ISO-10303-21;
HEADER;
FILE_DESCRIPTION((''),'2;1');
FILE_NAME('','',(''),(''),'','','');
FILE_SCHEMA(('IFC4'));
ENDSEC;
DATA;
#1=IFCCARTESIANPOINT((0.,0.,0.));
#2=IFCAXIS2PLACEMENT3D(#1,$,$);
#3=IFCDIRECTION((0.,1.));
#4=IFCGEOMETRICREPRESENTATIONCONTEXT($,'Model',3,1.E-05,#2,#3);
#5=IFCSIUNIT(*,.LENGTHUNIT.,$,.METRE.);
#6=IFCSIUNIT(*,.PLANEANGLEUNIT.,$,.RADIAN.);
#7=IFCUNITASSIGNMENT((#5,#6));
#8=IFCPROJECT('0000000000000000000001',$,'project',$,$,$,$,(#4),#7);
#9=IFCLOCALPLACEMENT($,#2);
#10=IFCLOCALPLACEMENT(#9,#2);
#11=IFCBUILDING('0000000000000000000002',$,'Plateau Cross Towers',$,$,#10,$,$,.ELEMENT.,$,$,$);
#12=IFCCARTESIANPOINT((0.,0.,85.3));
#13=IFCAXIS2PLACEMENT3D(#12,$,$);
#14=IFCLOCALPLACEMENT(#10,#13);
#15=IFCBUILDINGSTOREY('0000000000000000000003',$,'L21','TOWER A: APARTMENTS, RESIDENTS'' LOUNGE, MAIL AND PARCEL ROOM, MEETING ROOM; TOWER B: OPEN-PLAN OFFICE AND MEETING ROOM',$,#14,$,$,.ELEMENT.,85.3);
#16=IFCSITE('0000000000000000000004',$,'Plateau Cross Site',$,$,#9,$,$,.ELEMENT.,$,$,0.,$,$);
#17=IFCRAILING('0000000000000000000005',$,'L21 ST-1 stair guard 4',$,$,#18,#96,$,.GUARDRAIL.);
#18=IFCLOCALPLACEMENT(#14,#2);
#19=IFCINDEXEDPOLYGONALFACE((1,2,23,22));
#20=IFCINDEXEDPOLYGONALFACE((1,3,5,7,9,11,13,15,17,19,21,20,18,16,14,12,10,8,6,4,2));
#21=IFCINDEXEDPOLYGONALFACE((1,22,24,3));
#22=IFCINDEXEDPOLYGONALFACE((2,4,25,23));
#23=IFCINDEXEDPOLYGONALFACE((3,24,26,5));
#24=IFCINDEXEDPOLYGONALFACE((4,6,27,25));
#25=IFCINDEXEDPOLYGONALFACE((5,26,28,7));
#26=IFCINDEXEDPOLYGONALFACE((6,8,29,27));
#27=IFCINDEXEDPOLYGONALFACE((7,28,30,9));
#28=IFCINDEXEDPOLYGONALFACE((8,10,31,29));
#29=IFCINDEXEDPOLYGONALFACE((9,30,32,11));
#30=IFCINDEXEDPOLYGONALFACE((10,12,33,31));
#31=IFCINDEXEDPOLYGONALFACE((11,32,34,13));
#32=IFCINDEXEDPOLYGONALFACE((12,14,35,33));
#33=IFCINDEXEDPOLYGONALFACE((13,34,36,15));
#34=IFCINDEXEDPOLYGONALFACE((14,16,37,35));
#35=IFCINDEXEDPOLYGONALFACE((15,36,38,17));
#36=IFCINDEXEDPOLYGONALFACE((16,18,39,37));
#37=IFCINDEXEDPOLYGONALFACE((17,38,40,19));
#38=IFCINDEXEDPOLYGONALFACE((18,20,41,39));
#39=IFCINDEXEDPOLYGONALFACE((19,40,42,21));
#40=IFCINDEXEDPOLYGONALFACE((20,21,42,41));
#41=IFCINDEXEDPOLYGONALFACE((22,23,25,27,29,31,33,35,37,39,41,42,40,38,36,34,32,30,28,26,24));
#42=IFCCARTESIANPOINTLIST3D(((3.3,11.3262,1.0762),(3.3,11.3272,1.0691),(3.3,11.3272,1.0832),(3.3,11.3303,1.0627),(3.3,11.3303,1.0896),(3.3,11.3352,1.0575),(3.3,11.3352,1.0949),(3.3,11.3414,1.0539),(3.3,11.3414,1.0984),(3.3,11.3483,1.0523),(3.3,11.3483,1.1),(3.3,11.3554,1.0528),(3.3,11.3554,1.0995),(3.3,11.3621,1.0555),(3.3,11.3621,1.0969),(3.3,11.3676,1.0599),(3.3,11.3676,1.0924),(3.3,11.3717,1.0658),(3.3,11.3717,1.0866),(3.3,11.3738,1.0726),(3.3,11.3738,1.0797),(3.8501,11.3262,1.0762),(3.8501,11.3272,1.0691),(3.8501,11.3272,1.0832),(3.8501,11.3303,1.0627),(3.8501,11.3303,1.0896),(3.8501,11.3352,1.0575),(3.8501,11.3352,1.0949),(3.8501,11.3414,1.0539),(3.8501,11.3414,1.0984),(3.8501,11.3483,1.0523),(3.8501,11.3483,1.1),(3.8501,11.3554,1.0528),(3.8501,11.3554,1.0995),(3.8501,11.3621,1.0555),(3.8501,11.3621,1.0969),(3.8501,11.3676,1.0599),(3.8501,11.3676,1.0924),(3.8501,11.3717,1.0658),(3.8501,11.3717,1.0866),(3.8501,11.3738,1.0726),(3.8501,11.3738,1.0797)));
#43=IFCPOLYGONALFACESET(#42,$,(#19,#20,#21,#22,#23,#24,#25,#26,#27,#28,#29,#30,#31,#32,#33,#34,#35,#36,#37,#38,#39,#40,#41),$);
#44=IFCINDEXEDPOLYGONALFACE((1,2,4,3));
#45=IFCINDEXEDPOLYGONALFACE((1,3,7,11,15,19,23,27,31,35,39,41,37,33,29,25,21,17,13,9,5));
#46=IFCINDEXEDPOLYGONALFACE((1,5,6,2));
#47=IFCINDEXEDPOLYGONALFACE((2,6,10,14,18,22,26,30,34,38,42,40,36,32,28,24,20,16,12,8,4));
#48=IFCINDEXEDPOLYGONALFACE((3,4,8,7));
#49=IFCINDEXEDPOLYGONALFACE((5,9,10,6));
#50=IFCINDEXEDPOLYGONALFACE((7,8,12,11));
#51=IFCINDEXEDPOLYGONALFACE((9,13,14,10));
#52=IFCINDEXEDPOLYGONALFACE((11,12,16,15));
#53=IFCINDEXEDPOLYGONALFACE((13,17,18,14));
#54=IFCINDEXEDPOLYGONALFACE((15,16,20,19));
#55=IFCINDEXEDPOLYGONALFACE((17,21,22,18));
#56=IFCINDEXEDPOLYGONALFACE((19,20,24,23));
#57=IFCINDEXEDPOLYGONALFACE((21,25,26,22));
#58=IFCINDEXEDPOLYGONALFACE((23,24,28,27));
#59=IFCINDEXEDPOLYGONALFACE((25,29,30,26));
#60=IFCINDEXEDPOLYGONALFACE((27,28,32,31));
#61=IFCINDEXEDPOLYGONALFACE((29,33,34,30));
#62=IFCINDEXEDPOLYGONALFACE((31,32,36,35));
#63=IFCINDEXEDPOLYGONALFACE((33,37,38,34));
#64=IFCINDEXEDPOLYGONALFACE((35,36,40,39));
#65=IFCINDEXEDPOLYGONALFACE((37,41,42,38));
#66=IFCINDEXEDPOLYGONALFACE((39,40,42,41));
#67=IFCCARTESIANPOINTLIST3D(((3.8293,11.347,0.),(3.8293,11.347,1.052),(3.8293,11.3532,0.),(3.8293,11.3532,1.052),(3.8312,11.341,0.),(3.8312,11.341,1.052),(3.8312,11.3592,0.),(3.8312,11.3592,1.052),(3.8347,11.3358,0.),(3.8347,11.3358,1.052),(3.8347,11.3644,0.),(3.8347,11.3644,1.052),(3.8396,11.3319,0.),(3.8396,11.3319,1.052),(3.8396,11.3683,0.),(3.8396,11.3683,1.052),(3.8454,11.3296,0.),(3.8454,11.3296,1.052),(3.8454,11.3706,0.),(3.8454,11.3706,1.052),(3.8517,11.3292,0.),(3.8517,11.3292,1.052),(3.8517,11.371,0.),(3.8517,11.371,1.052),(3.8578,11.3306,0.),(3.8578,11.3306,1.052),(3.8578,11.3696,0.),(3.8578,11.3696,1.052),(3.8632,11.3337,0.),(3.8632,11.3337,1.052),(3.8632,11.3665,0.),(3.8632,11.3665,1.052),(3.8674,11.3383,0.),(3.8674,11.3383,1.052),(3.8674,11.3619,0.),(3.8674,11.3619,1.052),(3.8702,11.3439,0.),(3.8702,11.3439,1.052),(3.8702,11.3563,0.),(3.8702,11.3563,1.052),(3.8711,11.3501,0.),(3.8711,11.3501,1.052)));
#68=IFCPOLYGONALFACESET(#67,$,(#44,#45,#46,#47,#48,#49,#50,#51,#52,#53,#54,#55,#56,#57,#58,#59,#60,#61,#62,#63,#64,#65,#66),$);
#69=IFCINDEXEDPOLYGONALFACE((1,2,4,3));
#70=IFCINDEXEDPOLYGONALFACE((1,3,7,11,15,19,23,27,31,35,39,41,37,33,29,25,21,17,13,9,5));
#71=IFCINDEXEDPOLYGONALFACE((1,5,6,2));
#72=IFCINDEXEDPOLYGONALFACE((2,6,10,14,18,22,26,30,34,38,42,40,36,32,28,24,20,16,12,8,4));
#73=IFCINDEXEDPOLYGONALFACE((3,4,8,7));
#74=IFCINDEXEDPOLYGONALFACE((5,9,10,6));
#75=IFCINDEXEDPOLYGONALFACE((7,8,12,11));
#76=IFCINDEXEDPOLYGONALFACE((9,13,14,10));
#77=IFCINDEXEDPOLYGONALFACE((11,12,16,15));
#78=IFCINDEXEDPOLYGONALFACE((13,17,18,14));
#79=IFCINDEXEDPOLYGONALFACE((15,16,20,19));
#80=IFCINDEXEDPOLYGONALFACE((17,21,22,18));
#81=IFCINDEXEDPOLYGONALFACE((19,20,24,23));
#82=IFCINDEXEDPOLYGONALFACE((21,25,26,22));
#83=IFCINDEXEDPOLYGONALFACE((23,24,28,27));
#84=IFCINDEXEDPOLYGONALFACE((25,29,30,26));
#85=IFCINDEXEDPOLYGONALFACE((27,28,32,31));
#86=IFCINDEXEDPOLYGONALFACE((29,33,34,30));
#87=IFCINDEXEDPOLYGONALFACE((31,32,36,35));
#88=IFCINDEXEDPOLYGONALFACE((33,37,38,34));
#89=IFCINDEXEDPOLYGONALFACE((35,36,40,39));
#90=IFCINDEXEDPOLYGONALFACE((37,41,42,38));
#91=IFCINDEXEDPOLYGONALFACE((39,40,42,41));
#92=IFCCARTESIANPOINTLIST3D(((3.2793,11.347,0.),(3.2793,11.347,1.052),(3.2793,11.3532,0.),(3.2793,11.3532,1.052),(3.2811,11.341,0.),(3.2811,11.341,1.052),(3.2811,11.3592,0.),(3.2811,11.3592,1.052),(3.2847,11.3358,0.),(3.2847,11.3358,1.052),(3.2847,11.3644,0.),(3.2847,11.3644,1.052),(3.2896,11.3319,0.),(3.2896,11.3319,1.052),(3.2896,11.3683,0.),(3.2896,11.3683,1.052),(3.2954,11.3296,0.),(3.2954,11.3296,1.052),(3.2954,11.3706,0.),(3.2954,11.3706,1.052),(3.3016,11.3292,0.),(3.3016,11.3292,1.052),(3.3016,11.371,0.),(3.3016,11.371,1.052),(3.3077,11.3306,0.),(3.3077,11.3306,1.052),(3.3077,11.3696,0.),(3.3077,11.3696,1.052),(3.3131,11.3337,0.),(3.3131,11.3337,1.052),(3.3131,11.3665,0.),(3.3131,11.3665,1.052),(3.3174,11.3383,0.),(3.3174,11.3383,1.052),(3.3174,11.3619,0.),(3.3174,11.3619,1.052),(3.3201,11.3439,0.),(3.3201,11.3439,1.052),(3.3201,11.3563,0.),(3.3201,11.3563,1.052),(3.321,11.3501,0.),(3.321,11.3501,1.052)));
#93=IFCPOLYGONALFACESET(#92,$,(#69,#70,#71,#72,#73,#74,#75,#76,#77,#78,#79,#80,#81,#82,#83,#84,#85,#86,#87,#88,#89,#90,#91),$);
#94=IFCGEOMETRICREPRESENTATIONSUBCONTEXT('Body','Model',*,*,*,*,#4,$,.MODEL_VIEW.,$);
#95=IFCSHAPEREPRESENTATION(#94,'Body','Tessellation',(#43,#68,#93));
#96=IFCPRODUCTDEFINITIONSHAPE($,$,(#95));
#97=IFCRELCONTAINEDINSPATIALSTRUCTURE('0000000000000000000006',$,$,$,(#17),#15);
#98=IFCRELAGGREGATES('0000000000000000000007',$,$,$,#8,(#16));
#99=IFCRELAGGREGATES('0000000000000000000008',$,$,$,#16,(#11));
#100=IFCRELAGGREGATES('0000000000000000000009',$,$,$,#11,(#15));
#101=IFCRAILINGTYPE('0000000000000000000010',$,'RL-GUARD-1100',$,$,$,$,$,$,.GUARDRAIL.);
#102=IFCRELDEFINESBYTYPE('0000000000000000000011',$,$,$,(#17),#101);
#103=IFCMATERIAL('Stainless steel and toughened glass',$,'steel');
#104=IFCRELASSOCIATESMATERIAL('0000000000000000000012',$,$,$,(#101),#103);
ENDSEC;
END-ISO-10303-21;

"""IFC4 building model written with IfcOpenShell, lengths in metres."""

from ifc_helpers import new_model, si_unit, direction, frame, origin, origin_2d, place, context, subcontext, project, spatial, circle, extrude, material, type_object, element, save


model = new_model("IFC4")

# Units and contexts
model_context = context("Model", 3, precision=1e-05, world=origin(), true_north=direction((0.0, 1.0)))
body_context = subcontext(model_context, "Body", "Model", "MODEL_VIEW")
ifc_project = project(units=[si_unit("LENGTHUNIT", "METRE"), si_unit("PLANEANGLEUNIT", "RADIAN")], contexts=[model_context])

# Site, building, storey
site_placement = place(None, origin())
site = spatial("IfcSite", under=ifc_project, at=site_placement, Name="Plateau Cross Site", CompositionType="ELEMENT", RefElevation=0.0)
building_placement = place(site_placement, origin())
building = spatial("IfcBuilding", under=site, at=building_placement, Name="Plateau Cross Towers", CompositionType="ELEMENT")
storey_placement = place(building_placement, frame((0.0, 0.0, 85.3)))
storey = spatial("IfcBuildingStorey", under=building, at=storey_placement, Name="L21", Description="TOWER A: APARTMENTS, RESIDENTS' LOUNGE, MAIL AND PARCEL ROOM, MEETING ROOM; TOWER B: OPEN-PLAN OFFICE AND MEETING ROOM", CompositionType="ELEMENT", Elevation=85.3)

# Railing
ifc_material_1 = material(Name="Stainless steel and toughened glass", Category="steel")
railing_type = type_object("IfcRailingType", Name="RL-GUARD-1100", PredefinedType="GUARDRAIL", material=ifc_material_1)
railing_1_placement = place(storey_placement, frame((3.8501, 11.3501, 0.0)))
element("IfcRailing", 1, at=railing_1_placement, inside=storey, type_object=railing_type, Name="L21 ST-1 stair guard 4", PredefinedType="GUARDRAIL", context=body_context, shape_type="SweptSolid", body=[
    extrude(circle(Radius=0.0239, at=origin_2d()), frame((0.0, 0.0, 1.0762), z_axis=(-1.0, 0.0, 0.0), x_axis=(0.0, -1.0, 0.0)), (0.0, 0.0, 1.0), 0.55),
    extrude(circle(Radius=0.021, at=origin_2d()), origin(), (0.0, 0.0, 1.0), 1.052),
    extrude(circle(Radius=0.021, at=origin_2d()), frame((-0.55, 0.0, 0.0)), (0.0, 0.0, 1.0), 1.052),
])

save(model, "model.ifc")
